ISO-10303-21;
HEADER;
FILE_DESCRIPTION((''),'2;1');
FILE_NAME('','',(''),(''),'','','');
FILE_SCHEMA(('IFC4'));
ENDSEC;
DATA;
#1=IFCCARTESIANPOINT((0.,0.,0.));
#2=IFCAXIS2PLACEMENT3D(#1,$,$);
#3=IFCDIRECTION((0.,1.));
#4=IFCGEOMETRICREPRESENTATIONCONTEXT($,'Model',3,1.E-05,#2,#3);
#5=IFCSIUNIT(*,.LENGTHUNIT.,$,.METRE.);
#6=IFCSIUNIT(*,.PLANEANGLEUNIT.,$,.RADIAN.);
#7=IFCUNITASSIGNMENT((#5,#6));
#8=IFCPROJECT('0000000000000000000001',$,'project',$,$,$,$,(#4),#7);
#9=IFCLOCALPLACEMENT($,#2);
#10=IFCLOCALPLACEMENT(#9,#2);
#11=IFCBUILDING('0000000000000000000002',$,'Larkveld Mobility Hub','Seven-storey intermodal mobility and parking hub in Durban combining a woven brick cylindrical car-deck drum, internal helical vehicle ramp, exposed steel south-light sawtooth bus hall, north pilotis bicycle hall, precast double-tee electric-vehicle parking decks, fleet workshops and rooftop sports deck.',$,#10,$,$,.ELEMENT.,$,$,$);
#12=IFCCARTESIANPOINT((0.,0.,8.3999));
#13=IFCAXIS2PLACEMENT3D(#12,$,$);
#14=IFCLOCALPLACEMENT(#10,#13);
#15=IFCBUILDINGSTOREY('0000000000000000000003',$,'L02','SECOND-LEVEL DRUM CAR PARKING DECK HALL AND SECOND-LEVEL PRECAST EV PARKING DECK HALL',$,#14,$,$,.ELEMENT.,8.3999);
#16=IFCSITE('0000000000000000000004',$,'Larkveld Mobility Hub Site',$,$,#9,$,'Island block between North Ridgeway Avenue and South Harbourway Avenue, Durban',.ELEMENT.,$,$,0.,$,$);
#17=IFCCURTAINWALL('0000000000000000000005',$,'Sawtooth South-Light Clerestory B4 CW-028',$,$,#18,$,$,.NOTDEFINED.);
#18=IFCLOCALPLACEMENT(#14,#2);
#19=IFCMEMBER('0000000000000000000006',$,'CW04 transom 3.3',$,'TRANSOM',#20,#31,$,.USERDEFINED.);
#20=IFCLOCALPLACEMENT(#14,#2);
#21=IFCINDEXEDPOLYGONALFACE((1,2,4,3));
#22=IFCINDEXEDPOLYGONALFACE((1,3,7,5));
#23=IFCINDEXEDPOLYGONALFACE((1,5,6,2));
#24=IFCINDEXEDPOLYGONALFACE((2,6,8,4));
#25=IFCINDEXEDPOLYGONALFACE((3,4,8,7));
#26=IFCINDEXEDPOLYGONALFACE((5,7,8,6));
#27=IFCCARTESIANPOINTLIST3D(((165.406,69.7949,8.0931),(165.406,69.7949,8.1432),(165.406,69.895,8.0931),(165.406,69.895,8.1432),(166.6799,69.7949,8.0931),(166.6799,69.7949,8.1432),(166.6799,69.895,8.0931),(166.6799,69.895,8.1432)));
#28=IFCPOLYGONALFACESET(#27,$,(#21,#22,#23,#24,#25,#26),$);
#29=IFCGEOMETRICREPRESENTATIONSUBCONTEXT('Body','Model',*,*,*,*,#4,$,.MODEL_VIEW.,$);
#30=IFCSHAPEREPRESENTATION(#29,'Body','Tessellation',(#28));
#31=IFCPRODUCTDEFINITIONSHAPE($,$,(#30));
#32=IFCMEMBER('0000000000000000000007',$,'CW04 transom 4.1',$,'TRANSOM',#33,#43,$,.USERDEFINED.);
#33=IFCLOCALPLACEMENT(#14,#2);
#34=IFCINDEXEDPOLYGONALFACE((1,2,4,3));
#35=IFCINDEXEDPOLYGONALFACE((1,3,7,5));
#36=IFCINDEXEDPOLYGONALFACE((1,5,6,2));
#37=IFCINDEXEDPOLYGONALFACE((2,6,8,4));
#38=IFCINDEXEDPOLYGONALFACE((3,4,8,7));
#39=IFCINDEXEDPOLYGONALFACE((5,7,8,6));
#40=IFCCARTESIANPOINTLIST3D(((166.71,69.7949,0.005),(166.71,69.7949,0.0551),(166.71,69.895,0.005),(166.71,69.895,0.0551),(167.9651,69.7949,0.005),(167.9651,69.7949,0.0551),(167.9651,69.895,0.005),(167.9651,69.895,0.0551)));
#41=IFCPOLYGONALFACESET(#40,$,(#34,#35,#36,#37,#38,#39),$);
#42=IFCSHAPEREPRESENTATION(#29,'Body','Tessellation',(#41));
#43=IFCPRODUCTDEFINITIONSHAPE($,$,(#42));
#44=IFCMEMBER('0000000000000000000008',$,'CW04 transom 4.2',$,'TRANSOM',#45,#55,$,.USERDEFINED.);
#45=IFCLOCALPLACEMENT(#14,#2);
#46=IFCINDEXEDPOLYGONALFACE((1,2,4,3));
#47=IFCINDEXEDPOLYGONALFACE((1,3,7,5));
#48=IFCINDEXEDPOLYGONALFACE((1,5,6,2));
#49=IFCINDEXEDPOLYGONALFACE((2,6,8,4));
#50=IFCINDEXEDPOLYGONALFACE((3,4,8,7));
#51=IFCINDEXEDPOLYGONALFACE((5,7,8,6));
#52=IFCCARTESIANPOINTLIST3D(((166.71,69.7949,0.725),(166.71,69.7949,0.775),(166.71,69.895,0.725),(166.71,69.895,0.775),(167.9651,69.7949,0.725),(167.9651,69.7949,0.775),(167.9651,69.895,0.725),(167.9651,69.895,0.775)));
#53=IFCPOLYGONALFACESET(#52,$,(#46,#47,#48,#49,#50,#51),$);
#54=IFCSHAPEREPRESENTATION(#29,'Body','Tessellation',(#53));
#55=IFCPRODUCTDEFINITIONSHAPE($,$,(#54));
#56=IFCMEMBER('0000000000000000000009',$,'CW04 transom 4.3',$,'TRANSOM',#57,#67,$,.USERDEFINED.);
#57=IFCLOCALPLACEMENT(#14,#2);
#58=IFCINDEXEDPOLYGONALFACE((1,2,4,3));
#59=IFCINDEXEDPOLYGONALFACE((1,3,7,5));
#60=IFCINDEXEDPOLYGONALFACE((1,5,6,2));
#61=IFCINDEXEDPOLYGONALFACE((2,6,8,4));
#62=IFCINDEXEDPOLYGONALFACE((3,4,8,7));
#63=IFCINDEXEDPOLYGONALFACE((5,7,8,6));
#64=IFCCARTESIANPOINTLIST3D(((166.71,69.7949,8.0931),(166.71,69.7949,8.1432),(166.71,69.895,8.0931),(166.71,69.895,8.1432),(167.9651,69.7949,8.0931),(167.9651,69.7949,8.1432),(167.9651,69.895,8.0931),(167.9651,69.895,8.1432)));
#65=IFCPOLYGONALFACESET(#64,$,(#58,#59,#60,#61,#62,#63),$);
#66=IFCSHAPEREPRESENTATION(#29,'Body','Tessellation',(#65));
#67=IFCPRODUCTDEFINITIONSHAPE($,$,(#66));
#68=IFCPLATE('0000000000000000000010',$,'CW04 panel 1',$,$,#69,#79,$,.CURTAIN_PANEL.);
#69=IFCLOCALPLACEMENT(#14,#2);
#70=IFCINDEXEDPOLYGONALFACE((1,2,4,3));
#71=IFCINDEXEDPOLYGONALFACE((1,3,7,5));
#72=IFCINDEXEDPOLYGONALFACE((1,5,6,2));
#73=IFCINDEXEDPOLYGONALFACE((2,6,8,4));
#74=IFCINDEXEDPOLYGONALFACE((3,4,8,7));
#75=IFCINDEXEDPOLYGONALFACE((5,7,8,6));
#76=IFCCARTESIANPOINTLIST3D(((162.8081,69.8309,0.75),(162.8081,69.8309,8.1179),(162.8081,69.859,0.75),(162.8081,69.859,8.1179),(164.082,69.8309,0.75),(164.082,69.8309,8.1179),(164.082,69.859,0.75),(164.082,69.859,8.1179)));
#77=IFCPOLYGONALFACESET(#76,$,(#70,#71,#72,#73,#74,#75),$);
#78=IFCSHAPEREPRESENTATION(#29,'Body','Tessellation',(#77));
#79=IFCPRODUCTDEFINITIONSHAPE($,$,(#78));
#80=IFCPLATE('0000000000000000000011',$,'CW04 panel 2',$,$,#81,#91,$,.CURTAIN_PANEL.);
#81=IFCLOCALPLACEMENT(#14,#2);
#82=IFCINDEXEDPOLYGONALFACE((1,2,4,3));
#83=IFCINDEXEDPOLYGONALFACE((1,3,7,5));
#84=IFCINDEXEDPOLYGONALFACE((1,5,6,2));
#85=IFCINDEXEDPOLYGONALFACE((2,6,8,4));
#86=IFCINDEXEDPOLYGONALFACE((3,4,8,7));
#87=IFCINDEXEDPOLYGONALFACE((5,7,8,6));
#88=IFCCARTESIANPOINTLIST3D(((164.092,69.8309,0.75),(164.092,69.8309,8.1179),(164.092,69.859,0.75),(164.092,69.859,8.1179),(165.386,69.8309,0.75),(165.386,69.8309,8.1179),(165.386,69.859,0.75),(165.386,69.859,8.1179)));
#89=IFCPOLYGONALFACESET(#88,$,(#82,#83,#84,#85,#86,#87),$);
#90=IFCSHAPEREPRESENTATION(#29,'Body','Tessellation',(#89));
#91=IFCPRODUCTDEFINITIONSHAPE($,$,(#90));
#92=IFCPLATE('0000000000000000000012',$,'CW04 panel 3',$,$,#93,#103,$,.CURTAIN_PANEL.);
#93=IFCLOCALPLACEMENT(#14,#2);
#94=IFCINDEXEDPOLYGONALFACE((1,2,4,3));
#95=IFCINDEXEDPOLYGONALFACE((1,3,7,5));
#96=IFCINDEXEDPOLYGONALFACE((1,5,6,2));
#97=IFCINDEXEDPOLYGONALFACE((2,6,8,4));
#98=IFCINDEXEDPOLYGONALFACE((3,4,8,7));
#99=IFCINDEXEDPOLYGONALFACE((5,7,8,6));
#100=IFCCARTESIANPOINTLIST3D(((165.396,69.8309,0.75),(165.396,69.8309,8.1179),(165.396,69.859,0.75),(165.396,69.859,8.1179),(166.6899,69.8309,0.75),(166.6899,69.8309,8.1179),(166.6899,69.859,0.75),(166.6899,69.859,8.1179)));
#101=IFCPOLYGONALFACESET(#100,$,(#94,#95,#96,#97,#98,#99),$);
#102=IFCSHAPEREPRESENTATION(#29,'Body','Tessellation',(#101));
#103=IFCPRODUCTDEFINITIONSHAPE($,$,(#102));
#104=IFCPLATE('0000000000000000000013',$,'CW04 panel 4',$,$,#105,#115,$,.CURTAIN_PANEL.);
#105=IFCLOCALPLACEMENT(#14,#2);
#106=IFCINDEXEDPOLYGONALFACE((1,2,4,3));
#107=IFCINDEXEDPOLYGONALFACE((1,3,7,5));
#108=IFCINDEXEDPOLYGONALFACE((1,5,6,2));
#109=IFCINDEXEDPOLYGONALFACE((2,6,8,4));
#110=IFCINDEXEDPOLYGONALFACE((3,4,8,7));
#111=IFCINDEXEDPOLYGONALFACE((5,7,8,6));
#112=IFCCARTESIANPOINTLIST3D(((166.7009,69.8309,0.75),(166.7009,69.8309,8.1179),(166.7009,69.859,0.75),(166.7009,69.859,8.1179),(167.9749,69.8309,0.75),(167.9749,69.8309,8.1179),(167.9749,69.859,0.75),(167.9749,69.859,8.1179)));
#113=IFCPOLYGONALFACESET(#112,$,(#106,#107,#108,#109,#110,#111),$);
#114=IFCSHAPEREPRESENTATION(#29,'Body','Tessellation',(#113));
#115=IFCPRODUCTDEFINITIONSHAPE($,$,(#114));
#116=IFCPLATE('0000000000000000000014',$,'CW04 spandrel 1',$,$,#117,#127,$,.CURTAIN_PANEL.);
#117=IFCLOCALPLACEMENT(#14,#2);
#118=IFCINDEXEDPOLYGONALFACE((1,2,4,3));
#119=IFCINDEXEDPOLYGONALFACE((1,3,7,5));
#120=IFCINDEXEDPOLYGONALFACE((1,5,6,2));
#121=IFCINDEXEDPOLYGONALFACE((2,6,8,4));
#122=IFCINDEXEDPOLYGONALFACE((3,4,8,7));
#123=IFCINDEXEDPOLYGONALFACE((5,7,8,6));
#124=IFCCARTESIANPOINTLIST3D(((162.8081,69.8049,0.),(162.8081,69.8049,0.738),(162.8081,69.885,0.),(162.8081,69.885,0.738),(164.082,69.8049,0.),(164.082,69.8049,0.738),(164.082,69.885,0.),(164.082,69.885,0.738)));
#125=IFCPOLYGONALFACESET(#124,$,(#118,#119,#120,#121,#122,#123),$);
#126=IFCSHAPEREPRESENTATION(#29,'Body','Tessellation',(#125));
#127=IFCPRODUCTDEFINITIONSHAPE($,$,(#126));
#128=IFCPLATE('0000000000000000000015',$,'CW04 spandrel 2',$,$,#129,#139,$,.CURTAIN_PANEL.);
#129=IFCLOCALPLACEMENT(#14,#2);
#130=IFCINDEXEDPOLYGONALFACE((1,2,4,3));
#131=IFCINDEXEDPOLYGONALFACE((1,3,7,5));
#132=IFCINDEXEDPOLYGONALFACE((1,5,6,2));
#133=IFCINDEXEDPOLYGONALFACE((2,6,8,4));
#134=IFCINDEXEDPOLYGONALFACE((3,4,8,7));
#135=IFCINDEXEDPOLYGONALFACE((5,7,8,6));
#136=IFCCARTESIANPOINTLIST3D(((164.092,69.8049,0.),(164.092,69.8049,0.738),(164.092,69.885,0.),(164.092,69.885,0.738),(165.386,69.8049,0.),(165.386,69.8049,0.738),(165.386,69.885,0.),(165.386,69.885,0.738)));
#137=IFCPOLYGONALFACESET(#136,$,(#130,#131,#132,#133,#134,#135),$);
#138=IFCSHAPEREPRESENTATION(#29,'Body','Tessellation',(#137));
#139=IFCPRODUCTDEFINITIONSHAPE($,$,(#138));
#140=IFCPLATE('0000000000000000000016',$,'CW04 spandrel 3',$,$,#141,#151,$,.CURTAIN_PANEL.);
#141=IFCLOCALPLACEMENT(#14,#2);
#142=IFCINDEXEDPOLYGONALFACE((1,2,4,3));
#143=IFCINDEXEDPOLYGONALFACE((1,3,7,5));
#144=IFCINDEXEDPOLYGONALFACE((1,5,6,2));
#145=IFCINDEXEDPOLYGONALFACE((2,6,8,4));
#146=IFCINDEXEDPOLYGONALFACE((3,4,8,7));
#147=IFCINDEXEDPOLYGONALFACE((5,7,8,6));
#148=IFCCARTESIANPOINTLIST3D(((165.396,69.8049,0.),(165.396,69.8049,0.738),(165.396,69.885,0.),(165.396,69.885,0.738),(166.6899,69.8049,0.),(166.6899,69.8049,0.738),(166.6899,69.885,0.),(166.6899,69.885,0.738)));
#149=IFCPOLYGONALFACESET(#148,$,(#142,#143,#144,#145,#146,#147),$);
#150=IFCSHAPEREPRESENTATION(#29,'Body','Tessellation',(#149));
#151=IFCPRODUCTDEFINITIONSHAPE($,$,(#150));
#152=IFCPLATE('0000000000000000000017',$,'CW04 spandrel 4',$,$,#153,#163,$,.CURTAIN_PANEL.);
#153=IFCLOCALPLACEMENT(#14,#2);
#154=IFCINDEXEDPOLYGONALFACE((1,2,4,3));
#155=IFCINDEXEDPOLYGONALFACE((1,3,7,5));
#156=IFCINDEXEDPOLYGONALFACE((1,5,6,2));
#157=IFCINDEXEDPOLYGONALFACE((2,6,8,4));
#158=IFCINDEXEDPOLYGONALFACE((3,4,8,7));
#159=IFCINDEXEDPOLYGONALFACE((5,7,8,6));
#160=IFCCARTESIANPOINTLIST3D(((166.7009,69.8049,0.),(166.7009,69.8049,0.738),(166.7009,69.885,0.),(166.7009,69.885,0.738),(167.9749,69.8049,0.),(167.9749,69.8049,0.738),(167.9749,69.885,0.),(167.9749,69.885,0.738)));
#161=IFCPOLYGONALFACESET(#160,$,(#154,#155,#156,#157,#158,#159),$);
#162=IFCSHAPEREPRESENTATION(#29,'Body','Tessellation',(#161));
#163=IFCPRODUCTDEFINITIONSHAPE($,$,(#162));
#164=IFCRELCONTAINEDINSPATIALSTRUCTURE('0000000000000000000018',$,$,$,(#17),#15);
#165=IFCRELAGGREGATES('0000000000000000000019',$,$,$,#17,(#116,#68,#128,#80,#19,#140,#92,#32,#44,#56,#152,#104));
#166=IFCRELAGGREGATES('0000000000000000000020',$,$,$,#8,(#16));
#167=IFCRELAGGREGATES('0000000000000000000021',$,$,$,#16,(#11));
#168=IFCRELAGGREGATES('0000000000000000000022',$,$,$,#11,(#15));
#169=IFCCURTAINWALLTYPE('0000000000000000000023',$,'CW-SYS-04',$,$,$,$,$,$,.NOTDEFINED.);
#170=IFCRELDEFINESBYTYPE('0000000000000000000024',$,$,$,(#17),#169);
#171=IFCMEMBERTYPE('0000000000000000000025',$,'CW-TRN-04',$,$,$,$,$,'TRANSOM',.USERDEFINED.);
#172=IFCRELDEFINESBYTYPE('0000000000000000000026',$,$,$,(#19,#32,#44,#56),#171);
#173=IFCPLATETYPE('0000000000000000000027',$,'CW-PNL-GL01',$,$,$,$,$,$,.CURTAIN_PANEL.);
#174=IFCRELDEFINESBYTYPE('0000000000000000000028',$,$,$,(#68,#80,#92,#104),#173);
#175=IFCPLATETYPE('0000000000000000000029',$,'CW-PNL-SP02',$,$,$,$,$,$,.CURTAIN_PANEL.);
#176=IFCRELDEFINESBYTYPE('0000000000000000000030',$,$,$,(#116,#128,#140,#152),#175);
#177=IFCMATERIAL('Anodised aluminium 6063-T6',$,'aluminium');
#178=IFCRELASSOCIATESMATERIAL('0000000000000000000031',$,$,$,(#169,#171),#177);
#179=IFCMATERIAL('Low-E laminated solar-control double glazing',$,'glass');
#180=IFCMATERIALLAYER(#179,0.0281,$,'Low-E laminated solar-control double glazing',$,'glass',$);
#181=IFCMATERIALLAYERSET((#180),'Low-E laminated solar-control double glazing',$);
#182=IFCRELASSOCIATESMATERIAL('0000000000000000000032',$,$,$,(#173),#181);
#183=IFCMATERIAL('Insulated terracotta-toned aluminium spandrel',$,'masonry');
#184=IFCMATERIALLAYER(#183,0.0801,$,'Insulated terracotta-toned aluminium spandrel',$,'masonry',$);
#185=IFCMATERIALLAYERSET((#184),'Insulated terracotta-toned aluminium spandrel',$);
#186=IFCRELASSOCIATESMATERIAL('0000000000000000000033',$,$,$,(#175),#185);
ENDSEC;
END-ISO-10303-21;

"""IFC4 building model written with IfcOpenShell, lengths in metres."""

from ifc_helpers import new_model, si_unit, direction, frame, origin, origin_2d, place, context, subcontext, project, spatial, rectangle, extrude, material, layer, layer_set, material_profile, profile_set, type_object, element, aggregate, save


model = new_model("IFC4")

# Units and contexts
model_context = context("Model", 3, precision=1e-05, world=origin(), true_north=direction((0.0, 1.0)))
body_context = subcontext(model_context, "Body", "Model", "MODEL_VIEW")
ifc_project = project(units=[si_unit("LENGTHUNIT", "METRE"), si_unit("PLANEANGLEUNIT", "RADIAN")], contexts=[model_context])

# Site, building, storey
site_placement = place(None, origin())
site = spatial("IfcSite", under=ifc_project, at=site_placement, Name="Larkveld Mobility Hub Site", LongName="Island block between North Ridgeway Avenue and South Harbourway Avenue, Durban", CompositionType="ELEMENT", RefElevation=0.0)
building_placement = place(site_placement, origin())
building = spatial("IfcBuilding", under=site, at=building_placement, Name="Larkveld Mobility Hub", Description="Seven-storey intermodal mobility and parking hub in Durban combining a woven brick cylindrical car-deck drum, internal helical vehicle ramp, exposed steel south-light sawtooth bus hall, north pilotis bicycle hall, precast double-tee electric-vehicle parking decks, fleet workshops and rooftop sports deck.", CompositionType="ELEMENT")
storey_placement = place(building_placement, frame((0.0, 0.0, 8.3999)))
storey = spatial("IfcBuildingStorey", under=building, at=storey_placement, Name="L02", Description="SECOND-LEVEL DRUM CAR PARKING DECK HALL AND SECOND-LEVEL PRECAST EV PARKING DECK HALL", CompositionType="ELEMENT", Elevation=8.3999)

# Shared definitions
ifc_material_1 = material(Name="Anodised aluminium 6063-T6", Category="aluminium")

# Curtain wall, members, plates
curtain_wall_type_1 = type_object("IfcCurtainWallType", Name="CW-SYS-04", PredefinedType="NOTDEFINED", material=ifc_material_1)
curtain_wall_1_placement = place(storey_placement, origin())
curtain_wall_1 = element("IfcCurtainWall", 1, at=curtain_wall_1_placement, inside=storey, type_object=curtain_wall_type_1, Name="Sawtooth South-Light Clerestory B4 CW-028", PredefinedType="NOTDEFINED")
ifc_material_profile_1 = material_profile(ifc_material_1, rectangle(XDim=0.1001, YDim=0.05, at=origin_2d()), Name="ALU TRAN 50x100")
ifc_profile_set_1 = profile_set([ifc_material_profile_1], Name="Anodised aluminium 6063-T6")
member_type_1 = type_object("IfcMemberType", Name="CW-TRN-04", ElementType="TRANSOM", PredefinedType="USERDEFINED", material=ifc_profile_set_1)
member_1_placement = place(storey_placement, frame((165.406, 69.845, 8.1182), z_axis=(1.0, 0.0, 0.0), x_axis=(0.0, 1.0, 0.0)))
member_1 = element("IfcMember", 2, at=member_1_placement, type_object=member_type_1, Name="CW04 transom 3.3", ObjectType="TRANSOM", PredefinedType="USERDEFINED", context=body_context, shape_type="SweptSolid", body=[
    extrude(rectangle(XDim=0.1001, YDim=0.05, at=origin_2d()), origin(), (0.0, 0.0, 1.0), 1.2739),
])
member_2_placement = place(storey_placement, frame((166.71, 69.845, 0.03), z_axis=(1.0, 0.0, 0.0), x_axis=(0.0, 1.0, 0.0)))
member_2 = element("IfcMember", 3, at=member_2_placement, type_object=member_type_1, Name="CW04 transom 4.1", ObjectType="TRANSOM", PredefinedType="USERDEFINED", context=body_context, shape_type="SweptSolid", body=[
    extrude(rectangle(XDim=0.1001, YDim=0.05, at=origin_2d()), origin(), (0.0, 0.0, 1.0), 1.2551),
])
member_3_placement = place(storey_placement, frame((166.71, 69.845, 0.75), z_axis=(1.0, 0.0, 0.0), x_axis=(0.0, 1.0, 0.0)))
member_3 = element("IfcMember", 4, at=member_3_placement, type_object=member_type_1, Name="CW04 transom 4.2", ObjectType="TRANSOM", PredefinedType="USERDEFINED", context=body_context, shape_type="SweptSolid", body=[
    extrude(rectangle(XDim=0.1001, YDim=0.05, at=origin_2d()), origin(), (0.0, 0.0, 1.0), 1.2551),
])
member_4_placement = place(storey_placement, frame((166.71, 69.845, 8.1182), z_axis=(1.0, 0.0, 0.0), x_axis=(0.0, 1.0, 0.0)))
member_4 = element("IfcMember", 5, at=member_4_placement, type_object=member_type_1, Name="CW04 transom 4.3", ObjectType="TRANSOM", PredefinedType="USERDEFINED", context=body_context, shape_type="SweptSolid", body=[
    extrude(rectangle(XDim=0.1001, YDim=0.05, at=origin_2d()), origin(), (0.0, 0.0, 1.0), 1.2551),
])
ifc_material_2 = material(Name="Low-E laminated solar-control double glazing", Category="glass")
ifc_layer_1 = layer(ifc_material_2, 0.0281, Name="Low-E laminated solar-control double glazing", Category="glass")
ifc_layer_set_1 = layer_set([ifc_layer_1], Name="Low-E laminated solar-control double glazing")
plate_type_1 = type_object("IfcPlateType", Name="CW-PNL-GL01", PredefinedType="CURTAIN_PANEL", material=ifc_layer_set_1)
plate_1_placement = place(storey_placement, frame((163.4451, 69.845, 0.75), z_axis=(0.0, 0.0, 1.0), x_axis=(1.0, 0.0, 0.0)))
plate_1 = element("IfcPlate", 6, at=plate_1_placement, type_object=plate_type_1, Name="CW04 panel 1", PredefinedType="CURTAIN_PANEL", context=body_context, shape_type="SweptSolid", body=[
    extrude(rectangle(XDim=1.2739, YDim=0.0281, at=origin_2d()), origin(), (0.0, 0.0, 1.0), 7.3679),
])
plate_2_placement = place(storey_placement, frame((164.739, 69.845, 0.75), z_axis=(0.0, 0.0, 1.0), x_axis=(1.0, 0.0, 0.0)))
plate_2 = element("IfcPlate", 7, at=plate_2_placement, type_object=plate_type_1, Name="CW04 panel 2", PredefinedType="CURTAIN_PANEL", context=body_context, shape_type="SweptSolid", body=[
    extrude(rectangle(XDim=1.2939, YDim=0.0281, at=origin_2d()), origin(), (0.0, 0.0, 1.0), 7.3679),
])
plate_3_placement = place(storey_placement, frame((166.043, 69.845, 0.75), z_axis=(0.0, 0.0, 1.0), x_axis=(1.0, 0.0, 0.0)))
plate_3 = element("IfcPlate", 8, at=plate_3_placement, type_object=plate_type_1, Name="CW04 panel 3", PredefinedType="CURTAIN_PANEL", context=body_context, shape_type="SweptSolid", body=[
    extrude(rectangle(XDim=1.2939, YDim=0.0281, at=origin_2d()), origin(), (0.0, 0.0, 1.0), 7.3679),
])
plate_4_placement = place(storey_placement, frame((167.3379, 69.845, 0.75), z_axis=(0.0, 0.0, 1.0), x_axis=(1.0, 0.0, 0.0)))
plate_4 = element("IfcPlate", 9, at=plate_4_placement, type_object=plate_type_1, Name="CW04 panel 4", PredefinedType="CURTAIN_PANEL", context=body_context, shape_type="SweptSolid", body=[
    extrude(rectangle(XDim=1.2739, YDim=0.0281, at=origin_2d()), origin(), (0.0, 0.0, 1.0), 7.3679),
])
ifc_material_3 = material(Name="Insulated terracotta-toned aluminium spandrel", Category="masonry")
ifc_layer_2 = layer(ifc_material_3, 0.0801, Name="Insulated terracotta-toned aluminium spandrel", Category="masonry")
ifc_layer_set_2 = layer_set([ifc_layer_2], Name="Insulated terracotta-toned aluminium spandrel")
plate_type_2 = type_object("IfcPlateType", Name="CW-PNL-SP02", PredefinedType="CURTAIN_PANEL", material=ifc_layer_set_2)
plate_5_placement = place(storey_placement, frame((163.4451, 69.845, 0.0), z_axis=(0.0, 0.0, 1.0), x_axis=(1.0, 0.0, 0.0)))
plate_5 = element("IfcPlate", 10, at=plate_5_placement, type_object=plate_type_2, Name="CW04 spandrel 1", PredefinedType="CURTAIN_PANEL", context=body_context, shape_type="SweptSolid", body=[
    extrude(rectangle(XDim=1.2739, YDim=0.0801, at=origin_2d()), origin(), (0.0, 0.0, 1.0), 0.738),
])
plate_6_placement = place(storey_placement, frame((164.739, 69.845, 0.0), z_axis=(0.0, 0.0, 1.0), x_axis=(1.0, 0.0, 0.0)))
plate_6 = element("IfcPlate", 11, at=plate_6_placement, type_object=plate_type_2, Name="CW04 spandrel 2", PredefinedType="CURTAIN_PANEL", context=body_context, shape_type="SweptSolid", body=[
    extrude(rectangle(XDim=1.2939, YDim=0.0801, at=origin_2d()), origin(), (0.0, 0.0, 1.0), 0.738),
])
plate_7_placement = place(storey_placement, frame((166.043, 69.845, 0.0), z_axis=(0.0, 0.0, 1.0), x_axis=(1.0, 0.0, 0.0)))
plate_7 = element("IfcPlate", 12, at=plate_7_placement, type_object=plate_type_2, Name="CW04 spandrel 3", PredefinedType="CURTAIN_PANEL", context=body_context, shape_type="SweptSolid", body=[
    extrude(rectangle(XDim=1.2939, YDim=0.0801, at=origin_2d()), origin(), (0.0, 0.0, 1.0), 0.738),
])
plate_8_placement = place(storey_placement, frame((167.3379, 69.845, 0.0), z_axis=(0.0, 0.0, 1.0), x_axis=(1.0, 0.0, 0.0)))
plate_8 = element("IfcPlate", 13, at=plate_8_placement, type_object=plate_type_2, Name="CW04 spandrel 4", PredefinedType="CURTAIN_PANEL", context=body_context, shape_type="SweptSolid", body=[
    extrude(rectangle(XDim=1.2739, YDim=0.0801, at=origin_2d()), origin(), (0.0, 0.0, 1.0), 0.738),
])
aggregate(curtain_wall_1, [plate_5, plate_1, plate_6, plate_2, member_1, plate_7, plate_3, member_2, member_3, member_4, plate_8, plate_4])

save(model, "model.ifc")
